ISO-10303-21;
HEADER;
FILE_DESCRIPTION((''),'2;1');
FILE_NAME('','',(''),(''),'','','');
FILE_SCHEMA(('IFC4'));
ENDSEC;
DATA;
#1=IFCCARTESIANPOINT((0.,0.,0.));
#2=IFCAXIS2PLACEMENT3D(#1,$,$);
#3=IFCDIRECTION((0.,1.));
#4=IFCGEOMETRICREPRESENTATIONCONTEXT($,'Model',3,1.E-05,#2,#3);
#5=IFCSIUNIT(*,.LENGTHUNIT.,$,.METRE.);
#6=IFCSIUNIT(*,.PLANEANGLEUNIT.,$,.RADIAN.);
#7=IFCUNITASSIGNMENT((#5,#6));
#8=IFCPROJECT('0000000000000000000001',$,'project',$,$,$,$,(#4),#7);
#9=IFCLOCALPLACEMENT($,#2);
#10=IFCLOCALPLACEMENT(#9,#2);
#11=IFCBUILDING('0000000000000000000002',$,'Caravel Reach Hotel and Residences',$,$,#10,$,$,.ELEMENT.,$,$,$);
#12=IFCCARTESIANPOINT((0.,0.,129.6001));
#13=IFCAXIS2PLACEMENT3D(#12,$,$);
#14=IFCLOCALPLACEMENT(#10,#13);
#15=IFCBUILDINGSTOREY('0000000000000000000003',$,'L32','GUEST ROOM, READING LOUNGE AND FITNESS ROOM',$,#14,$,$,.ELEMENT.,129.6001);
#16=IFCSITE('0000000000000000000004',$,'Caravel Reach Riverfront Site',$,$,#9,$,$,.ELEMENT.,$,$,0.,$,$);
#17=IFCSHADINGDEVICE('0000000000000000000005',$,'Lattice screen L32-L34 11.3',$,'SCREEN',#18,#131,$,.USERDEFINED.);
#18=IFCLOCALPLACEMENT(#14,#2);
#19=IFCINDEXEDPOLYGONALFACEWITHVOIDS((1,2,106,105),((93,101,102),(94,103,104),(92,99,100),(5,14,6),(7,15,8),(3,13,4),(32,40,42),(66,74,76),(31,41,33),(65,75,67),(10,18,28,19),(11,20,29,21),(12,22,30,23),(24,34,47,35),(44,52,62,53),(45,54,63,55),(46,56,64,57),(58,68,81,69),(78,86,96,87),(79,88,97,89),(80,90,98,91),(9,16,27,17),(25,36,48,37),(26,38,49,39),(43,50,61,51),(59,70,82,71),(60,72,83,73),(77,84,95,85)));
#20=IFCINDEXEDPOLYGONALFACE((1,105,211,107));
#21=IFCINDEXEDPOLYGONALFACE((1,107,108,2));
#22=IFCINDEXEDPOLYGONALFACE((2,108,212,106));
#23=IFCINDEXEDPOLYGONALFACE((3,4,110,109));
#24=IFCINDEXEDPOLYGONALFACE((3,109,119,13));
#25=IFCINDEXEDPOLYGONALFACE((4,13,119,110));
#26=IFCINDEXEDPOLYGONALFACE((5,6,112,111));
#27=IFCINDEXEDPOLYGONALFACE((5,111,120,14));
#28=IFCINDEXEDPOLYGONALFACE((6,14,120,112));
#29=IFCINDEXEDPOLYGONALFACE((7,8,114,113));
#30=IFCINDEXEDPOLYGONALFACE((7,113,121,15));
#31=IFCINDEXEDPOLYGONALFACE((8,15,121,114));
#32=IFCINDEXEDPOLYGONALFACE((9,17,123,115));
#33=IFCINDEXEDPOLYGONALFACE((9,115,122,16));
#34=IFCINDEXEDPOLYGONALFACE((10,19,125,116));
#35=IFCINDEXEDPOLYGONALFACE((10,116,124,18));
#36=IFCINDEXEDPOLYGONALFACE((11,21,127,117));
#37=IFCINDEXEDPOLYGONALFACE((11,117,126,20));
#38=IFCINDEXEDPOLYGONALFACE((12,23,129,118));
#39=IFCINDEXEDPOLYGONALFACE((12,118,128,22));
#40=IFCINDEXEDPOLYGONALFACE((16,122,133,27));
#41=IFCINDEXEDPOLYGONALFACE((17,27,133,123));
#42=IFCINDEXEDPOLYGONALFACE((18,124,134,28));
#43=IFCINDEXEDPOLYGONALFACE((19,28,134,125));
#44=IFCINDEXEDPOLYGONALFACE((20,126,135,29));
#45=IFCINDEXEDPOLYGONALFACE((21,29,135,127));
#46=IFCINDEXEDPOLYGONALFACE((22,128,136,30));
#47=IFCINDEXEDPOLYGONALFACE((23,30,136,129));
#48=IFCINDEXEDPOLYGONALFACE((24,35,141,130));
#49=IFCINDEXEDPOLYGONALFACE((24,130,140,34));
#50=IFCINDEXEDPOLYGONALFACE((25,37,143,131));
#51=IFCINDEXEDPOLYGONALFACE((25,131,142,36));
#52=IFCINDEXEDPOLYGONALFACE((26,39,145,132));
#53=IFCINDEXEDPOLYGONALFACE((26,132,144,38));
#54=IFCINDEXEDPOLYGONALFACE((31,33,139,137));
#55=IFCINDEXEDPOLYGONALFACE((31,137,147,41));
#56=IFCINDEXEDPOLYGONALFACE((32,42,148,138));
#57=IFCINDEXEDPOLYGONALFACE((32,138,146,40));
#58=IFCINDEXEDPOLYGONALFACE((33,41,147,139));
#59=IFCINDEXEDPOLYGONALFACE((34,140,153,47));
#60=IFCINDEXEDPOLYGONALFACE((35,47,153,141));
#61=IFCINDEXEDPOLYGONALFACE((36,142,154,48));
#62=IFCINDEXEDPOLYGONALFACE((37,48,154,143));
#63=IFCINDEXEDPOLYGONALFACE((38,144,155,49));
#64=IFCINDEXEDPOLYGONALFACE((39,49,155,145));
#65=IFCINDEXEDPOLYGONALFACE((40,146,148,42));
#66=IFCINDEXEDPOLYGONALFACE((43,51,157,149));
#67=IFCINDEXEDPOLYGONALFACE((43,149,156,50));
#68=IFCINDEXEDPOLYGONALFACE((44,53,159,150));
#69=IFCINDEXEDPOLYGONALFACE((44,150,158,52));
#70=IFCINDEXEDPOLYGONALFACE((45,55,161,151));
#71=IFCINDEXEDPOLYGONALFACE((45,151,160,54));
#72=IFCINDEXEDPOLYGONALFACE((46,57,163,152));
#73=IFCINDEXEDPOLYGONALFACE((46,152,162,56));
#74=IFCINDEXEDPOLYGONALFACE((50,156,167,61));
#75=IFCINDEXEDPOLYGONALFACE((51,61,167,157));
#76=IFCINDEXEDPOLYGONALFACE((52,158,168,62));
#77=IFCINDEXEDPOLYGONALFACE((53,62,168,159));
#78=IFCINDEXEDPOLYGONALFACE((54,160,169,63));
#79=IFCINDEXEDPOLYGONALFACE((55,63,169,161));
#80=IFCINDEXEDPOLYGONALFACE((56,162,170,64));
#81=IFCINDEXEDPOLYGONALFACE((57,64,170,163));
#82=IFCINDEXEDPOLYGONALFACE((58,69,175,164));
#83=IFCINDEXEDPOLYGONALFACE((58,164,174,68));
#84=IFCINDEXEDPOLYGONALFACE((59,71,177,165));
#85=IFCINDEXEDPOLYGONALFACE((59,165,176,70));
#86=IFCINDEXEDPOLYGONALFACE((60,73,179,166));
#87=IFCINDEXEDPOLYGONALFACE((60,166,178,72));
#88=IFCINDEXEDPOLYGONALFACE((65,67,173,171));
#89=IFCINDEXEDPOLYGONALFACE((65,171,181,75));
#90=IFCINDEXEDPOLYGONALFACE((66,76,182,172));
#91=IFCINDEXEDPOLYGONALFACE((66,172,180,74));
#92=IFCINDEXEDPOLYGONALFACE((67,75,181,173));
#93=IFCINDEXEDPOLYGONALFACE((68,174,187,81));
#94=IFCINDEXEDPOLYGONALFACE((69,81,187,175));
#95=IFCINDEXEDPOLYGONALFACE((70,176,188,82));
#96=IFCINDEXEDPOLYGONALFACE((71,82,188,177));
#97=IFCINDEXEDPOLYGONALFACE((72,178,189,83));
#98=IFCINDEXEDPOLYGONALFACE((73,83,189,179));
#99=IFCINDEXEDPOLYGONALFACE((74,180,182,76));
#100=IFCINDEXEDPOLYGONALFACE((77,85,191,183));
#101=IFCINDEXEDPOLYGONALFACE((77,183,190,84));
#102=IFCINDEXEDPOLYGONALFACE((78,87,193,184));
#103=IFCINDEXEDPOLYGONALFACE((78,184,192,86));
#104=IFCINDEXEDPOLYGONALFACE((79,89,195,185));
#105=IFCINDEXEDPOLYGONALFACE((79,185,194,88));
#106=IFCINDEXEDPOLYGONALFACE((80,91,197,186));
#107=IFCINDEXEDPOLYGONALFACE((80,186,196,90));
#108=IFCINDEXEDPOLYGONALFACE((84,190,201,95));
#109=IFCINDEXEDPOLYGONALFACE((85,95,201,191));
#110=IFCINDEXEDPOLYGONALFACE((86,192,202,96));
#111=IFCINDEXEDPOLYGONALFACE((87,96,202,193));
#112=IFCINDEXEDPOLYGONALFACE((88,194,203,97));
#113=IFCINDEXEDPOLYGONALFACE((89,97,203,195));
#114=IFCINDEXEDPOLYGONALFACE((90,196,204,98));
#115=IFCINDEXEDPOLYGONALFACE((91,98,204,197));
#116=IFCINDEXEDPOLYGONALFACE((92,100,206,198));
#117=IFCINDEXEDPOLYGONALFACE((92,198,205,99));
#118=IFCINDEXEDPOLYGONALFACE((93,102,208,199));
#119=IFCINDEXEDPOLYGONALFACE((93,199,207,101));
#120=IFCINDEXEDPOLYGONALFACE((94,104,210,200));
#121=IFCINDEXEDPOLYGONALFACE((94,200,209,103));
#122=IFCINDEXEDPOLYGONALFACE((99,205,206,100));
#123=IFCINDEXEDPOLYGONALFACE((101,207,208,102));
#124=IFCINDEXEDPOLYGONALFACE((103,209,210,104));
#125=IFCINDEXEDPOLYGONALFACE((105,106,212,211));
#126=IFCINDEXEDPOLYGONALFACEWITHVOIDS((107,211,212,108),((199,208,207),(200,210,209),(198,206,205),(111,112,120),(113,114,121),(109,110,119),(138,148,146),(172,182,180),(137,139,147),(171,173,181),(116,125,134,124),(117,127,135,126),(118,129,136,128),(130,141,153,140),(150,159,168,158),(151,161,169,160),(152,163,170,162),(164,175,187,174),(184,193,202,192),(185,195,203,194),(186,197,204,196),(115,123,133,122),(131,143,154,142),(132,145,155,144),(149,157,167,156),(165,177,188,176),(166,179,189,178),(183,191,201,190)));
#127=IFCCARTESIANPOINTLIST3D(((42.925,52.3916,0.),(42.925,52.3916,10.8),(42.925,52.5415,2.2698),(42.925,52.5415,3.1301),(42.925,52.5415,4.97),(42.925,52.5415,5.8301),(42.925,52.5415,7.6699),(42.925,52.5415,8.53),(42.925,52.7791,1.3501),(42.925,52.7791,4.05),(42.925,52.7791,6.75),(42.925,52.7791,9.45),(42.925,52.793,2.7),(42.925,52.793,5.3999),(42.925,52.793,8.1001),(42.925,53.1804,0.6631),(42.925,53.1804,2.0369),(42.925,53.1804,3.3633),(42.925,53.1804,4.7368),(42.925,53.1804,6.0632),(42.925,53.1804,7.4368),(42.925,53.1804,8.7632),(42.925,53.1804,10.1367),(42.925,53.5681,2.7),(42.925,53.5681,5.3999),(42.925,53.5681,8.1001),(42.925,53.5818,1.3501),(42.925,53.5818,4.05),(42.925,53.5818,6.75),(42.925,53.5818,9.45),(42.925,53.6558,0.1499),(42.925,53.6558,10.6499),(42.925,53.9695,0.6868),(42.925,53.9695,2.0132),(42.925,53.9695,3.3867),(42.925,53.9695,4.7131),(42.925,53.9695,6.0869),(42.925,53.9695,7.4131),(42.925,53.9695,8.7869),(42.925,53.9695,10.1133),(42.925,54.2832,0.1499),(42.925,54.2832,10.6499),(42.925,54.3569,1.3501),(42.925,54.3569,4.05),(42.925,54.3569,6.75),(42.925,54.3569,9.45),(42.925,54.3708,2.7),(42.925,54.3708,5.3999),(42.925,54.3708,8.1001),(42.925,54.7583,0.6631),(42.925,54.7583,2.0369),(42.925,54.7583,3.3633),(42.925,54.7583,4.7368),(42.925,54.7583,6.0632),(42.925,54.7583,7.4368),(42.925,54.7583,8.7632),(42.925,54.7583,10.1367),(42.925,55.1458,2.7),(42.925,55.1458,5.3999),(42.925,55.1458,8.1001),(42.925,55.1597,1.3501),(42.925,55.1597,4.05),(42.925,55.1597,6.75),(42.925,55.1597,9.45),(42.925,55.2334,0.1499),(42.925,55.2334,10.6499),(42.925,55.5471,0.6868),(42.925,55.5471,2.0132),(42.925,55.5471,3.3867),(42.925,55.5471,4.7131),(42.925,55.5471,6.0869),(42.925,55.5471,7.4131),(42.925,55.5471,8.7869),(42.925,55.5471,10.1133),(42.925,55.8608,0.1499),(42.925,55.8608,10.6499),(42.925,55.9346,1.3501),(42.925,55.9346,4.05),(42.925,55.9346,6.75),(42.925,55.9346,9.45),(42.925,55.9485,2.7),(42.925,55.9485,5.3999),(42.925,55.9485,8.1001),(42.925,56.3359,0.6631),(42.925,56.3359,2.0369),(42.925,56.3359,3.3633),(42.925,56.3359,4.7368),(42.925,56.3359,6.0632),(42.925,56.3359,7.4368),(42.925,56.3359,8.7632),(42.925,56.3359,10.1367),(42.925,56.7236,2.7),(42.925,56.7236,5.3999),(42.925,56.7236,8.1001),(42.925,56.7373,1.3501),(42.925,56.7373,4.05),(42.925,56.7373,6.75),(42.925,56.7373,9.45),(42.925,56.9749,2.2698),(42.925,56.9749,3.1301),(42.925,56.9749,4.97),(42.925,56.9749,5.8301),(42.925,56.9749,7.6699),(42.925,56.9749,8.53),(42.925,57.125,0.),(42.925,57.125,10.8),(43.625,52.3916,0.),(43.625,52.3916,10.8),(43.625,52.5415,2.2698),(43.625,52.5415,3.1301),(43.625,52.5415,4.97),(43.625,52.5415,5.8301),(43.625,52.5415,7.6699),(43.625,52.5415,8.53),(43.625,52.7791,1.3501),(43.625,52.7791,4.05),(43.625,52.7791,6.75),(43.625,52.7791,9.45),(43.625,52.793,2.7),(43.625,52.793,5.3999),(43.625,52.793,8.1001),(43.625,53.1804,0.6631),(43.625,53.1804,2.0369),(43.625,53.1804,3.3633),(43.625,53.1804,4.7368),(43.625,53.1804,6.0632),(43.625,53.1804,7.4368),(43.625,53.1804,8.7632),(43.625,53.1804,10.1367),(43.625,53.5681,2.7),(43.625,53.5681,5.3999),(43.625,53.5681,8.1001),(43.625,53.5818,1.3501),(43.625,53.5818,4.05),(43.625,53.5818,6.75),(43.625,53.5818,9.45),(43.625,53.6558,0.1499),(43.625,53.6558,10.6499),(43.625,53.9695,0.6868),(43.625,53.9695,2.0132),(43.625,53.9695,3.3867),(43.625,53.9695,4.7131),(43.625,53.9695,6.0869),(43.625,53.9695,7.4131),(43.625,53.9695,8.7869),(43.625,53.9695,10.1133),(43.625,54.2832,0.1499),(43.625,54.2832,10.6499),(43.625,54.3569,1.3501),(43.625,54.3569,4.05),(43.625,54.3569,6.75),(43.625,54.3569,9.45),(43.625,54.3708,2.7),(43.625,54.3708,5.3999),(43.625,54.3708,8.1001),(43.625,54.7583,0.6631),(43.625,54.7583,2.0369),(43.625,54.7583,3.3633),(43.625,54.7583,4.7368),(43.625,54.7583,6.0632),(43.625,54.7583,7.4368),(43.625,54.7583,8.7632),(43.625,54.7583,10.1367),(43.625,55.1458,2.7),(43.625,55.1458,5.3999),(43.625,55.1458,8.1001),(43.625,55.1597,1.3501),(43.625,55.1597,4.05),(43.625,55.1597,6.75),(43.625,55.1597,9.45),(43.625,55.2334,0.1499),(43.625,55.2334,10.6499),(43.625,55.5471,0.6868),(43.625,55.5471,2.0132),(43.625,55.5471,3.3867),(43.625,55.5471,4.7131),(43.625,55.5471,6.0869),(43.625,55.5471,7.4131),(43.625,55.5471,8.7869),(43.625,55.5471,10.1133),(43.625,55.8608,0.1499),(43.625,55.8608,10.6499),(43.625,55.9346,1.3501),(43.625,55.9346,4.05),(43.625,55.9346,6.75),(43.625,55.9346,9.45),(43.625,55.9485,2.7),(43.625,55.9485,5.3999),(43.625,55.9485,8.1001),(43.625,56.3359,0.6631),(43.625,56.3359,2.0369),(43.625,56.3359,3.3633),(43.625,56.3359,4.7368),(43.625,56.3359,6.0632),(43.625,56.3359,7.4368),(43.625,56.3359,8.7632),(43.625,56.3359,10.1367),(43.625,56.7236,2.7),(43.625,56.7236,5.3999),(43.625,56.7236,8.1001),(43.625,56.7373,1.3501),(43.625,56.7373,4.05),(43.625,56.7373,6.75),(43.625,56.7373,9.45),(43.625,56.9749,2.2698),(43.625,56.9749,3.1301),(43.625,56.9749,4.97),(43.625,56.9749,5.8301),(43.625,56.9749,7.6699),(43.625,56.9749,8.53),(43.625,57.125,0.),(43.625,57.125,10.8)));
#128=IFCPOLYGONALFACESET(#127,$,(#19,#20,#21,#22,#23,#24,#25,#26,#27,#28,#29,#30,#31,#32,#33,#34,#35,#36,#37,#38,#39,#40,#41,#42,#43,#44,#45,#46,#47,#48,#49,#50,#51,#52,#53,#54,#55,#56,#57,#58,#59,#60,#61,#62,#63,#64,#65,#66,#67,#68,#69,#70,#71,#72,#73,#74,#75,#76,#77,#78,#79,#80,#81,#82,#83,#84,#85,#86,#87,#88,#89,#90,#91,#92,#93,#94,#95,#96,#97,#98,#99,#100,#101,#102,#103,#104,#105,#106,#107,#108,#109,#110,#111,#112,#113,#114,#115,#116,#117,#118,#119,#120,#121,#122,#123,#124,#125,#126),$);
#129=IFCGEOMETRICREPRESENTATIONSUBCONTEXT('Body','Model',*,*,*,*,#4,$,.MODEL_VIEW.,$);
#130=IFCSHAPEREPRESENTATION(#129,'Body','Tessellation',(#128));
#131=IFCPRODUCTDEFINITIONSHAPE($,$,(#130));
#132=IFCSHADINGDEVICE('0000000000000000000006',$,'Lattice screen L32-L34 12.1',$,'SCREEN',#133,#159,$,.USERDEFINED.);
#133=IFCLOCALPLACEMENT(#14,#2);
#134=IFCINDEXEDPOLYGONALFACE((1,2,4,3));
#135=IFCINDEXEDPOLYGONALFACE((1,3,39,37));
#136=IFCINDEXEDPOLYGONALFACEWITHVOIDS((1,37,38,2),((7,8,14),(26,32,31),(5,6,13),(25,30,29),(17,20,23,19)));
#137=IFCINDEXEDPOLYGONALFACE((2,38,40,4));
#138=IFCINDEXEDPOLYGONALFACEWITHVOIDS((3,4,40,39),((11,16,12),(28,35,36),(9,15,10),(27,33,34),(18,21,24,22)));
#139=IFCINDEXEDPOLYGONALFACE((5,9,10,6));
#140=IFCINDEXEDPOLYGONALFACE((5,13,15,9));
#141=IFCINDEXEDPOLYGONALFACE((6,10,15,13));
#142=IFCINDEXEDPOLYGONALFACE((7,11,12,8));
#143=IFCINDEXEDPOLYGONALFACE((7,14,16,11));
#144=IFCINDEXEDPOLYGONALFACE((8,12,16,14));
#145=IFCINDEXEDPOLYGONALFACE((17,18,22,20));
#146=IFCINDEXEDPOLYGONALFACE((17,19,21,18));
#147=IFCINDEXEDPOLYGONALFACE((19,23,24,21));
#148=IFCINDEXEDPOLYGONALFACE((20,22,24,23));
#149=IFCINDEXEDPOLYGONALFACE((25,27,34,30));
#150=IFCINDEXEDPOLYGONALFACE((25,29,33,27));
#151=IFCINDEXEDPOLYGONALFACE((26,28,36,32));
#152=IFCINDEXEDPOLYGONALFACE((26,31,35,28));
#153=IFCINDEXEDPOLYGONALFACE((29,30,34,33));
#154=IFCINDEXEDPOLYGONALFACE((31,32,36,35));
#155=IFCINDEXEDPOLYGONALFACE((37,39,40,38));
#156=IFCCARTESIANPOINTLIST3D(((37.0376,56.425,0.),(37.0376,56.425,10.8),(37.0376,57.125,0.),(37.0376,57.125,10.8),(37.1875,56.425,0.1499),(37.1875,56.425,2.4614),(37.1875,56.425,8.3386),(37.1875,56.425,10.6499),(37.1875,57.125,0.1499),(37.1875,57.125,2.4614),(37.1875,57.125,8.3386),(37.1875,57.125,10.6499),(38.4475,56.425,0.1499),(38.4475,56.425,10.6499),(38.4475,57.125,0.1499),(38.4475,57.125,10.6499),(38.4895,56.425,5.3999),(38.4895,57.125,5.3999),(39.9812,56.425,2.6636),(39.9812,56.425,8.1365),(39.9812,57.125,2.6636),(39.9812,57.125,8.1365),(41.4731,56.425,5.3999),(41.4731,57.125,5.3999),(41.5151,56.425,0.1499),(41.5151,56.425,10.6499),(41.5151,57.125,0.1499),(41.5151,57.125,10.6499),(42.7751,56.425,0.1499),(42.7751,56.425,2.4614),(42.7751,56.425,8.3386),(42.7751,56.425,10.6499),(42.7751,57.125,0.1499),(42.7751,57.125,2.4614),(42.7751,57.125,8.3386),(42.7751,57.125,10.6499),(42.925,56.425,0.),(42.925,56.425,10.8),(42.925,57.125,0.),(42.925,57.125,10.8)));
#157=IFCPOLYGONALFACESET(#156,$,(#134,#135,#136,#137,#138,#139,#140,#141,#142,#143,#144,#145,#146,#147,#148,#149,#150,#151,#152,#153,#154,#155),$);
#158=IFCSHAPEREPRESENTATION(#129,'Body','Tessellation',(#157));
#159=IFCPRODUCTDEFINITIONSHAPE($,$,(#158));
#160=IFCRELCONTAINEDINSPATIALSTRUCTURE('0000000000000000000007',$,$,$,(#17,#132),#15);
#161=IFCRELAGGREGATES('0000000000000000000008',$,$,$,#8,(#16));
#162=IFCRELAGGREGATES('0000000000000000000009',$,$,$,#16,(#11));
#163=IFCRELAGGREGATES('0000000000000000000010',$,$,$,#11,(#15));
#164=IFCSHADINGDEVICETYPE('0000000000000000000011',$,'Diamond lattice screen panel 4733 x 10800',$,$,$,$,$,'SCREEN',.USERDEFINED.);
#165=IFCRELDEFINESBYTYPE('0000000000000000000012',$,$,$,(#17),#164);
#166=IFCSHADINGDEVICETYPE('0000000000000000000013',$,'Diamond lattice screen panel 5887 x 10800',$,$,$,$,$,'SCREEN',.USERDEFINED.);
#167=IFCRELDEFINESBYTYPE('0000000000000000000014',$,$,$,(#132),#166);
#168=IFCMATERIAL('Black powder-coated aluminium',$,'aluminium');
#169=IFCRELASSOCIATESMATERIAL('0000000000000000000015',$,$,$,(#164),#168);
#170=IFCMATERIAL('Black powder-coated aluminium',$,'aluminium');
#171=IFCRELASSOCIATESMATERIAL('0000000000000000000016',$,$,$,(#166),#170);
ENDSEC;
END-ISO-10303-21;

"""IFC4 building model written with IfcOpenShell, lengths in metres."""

from ifc_helpers import new_model, si_unit, direction, frame, origin, place, context, subcontext, project, spatial, polyline, outline, extrude, material, type_object, element, save


model = new_model("IFC4")

# Units and contexts
model_context = context("Model", 3, precision=1e-05, world=origin(), true_north=direction((0.0, 1.0)))
body_context = subcontext(model_context, "Body", "Model", "MODEL_VIEW")
ifc_project = project(units=[si_unit("LENGTHUNIT", "METRE"), si_unit("PLANEANGLEUNIT", "RADIAN")], contexts=[model_context])

# Site, building, storey
site_placement = place(None, origin())
site = spatial("IfcSite", under=ifc_project, at=site_placement, Name="Caravel Reach Riverfront Site", CompositionType="ELEMENT", RefElevation=0.0)
building_placement = place(site_placement, origin())
building = spatial("IfcBuilding", under=site, at=building_placement, Name="Caravel Reach Hotel and Residences", CompositionType="ELEMENT")
storey_placement = place(building_placement, frame((0.0, 0.0, 129.6001)))
storey = spatial("IfcBuildingStorey", under=building, at=storey_placement, Name="L32", Description="GUEST ROOM, READING LOUNGE AND FITNESS ROOM", CompositionType="ELEMENT", Elevation=129.6001)

# Shading devices
ifc_material_1 = material(Name="Black powder-coated aluminium", Category="aluminium")
shading_device_type_1 = type_object("IfcShadingDeviceType", Name="Diamond lattice screen panel 4733 x 10800", ElementType="SCREEN", PredefinedType="USERDEFINED", material=ifc_material_1)
shading_device_placement = place(storey_placement, frame((42.925, 52.3916, 0.0), z_axis=(1.0, 0.0, 0.0), x_axis=(0.0, 1.0, 0.0)))
element("IfcShadingDevice", 1, at=shading_device_placement, inside=storey, type_object=shading_device_type_1, Name="Lattice screen L32-L34 11.3", ObjectType="SCREEN", PredefinedType="USERDEFINED", context=body_context, shape_type="SweptSolid", body=[
    extrude(outline(polyline([(0.0, 0.0), (4.7334, 0.0), (4.7334, 10.8), (0.0, 10.8), (0.0, 0.0)]), holes=[polyline([(0.4014, 2.7), (0.1499, 3.1301), (0.1499, 2.2698), (0.4014, 2.7)]), polyline([(0.4014, 5.3999), (0.1499, 5.8301), (0.1499, 4.97), (0.4014, 5.3999)]), polyline([(0.4014, 8.1001), (0.1499, 8.53), (0.1499, 7.6699), (0.4014, 8.1001)]), polyline([(0.7888, 2.0369), (0.3875, 1.3501), (0.7888, 0.6631), (1.1902, 1.3501), (0.7888, 2.0369)]), polyline([(0.7888, 4.7368), (0.3875, 4.05), (0.7888, 3.3633), (1.1902, 4.05), (0.7888, 4.7368)]), polyline([(0.7888, 7.4368), (0.3875, 6.75), (0.7888, 6.0632), (1.1902, 6.75), (0.7888, 7.4368)]), polyline([(0.7888, 10.1367), (0.3875, 9.45), (0.7888, 8.7632), (1.1902, 9.45), (0.7888, 10.1367)]), polyline([(1.5779, 0.6868), (1.2642, 0.1499), (1.8916, 0.1499), (1.5779, 0.6868)]), polyline([(1.5779, 3.3867), (1.1765, 2.7), (1.5779, 2.0132), (1.9792, 2.7), (1.5779, 3.3867)]), polyline([(1.5779, 6.0869), (1.1765, 5.3999), (1.5779, 4.7131), (1.9792, 5.3999), (1.5779, 6.0869)]), polyline([(1.5779, 8.7869), (1.1765, 8.1001), (1.5779, 7.4131), (1.9792, 8.1001), (1.5779, 8.7869)]), polyline([(1.5779, 10.1133), (1.8916, 10.6499), (1.2642, 10.6499), (1.5779, 10.1133)]), polyline([(2.3667, 2.0369), (1.9653, 1.3501), (2.3667, 0.6631), (2.7681, 1.3501), (2.3667, 2.0369)]), polyline([(2.3667, 4.7368), (1.9653, 4.05), (2.3667, 3.3633), (2.7681, 4.05), (2.3667, 4.7368)]), polyline([(2.3667, 7.4368), (1.9653, 6.75), (2.3667, 6.0632), (2.7681, 6.75), (2.3667, 7.4368)]), polyline([(2.3667, 10.1367), (1.9653, 9.45), (2.3667, 8.7632), (2.7681, 9.45), (2.3667, 10.1367)]), polyline([(3.1555, 0.6868), (2.8418, 0.1499), (3.4692, 0.1499), (3.1555, 0.6868)]), polyline([(3.1555, 3.3867), (2.7542, 2.7), (3.1555, 2.0132), (3.5569, 2.7), (3.1555, 3.3867)]), polyline([(3.1555, 6.0869), (2.7542, 5.3999), (3.1555, 4.7131), (3.5569, 5.3999), (3.1555, 6.0869)]), polyline([(3.1555, 8.7869), (2.7542, 8.1001), (3.1555, 7.4131), (3.5569, 8.1001), (3.1555, 8.7869)]), polyline([(3.1555, 10.1133), (3.4692, 10.6499), (2.8418, 10.6499), (3.1555, 10.1133)]), polyline([(3.9443, 2.0369), (3.543, 1.3501), (3.9443, 0.6631), (4.3457, 1.3501), (3.9443, 2.0369)]), polyline([(3.9443, 4.7368), (3.543, 4.05), (3.9443, 3.3633), (4.3457, 4.05), (3.9443, 4.7368)]), polyline([(3.9443, 7.4368), (3.543, 6.75), (3.9443, 6.0632), (4.3457, 6.75), (3.9443, 7.4368)]), polyline([(3.9443, 10.1367), (3.543, 9.45), (3.9443, 8.7632), (4.3457, 9.45), (3.9443, 10.1367)]), polyline([(4.332, 2.7), (4.5833, 2.2698), (4.5833, 3.1301), (4.332, 2.7)]), polyline([(4.332, 5.3999), (4.5833, 4.97), (4.5833, 5.8301), (4.332, 5.3999)]), polyline([(4.332, 8.1001), (4.5833, 7.6699), (4.5833, 8.53), (4.332, 8.1001)])]), origin(), (0.0, 0.0, 1.0), 0.7),
])
ifc_material_2 = material(Name="Black powder-coated aluminium", Category="aluminium")
shading_device_type_2 = type_object("IfcShadingDeviceType", Name="Diamond lattice screen panel 5887 x 10800", ElementType="SCREEN", PredefinedType="USERDEFINED", material=ifc_material_2)
for number, where, z_axis, x_axis, name in (
    (2, (42.925, 56.425, 0.0), (0.0, 1.0, 0.0), (-1.0, 0.0, 0.0), "Lattice screen L32-L34 12.1"),
):
    element("IfcShadingDevice", number, at=place(storey_placement, frame(where, z_axis=z_axis, x_axis=x_axis)), inside=storey, type_object=shading_device_type_2, Name=name, ObjectType="SCREEN", PredefinedType="USERDEFINED", context=body_context, shape_type="SweptSolid", body=[
        extrude(outline(polyline([(0.0, 0.0), (5.8875, 0.0), (5.8875, 10.8), (0.0, 10.8), (0.0, 0.0)]), holes=[polyline([(1.4099, 0.1499), (0.1499, 2.4614), (0.1499, 0.1499), (1.4099, 0.1499)]), polyline([(0.1499, 8.3386), (1.4099, 10.6499), (0.1499, 10.6499), (0.1499, 8.3386)]), polyline([(2.9438, 8.1365), (1.4519, 5.3999), (2.9438, 2.6636), (4.4355, 5.3999), (2.9438, 8.1365)]), polyline([(5.7375, 2.4614), (4.4775, 0.1499), (5.7375, 0.1499), (5.7375, 2.4614)]), polyline([(4.4775, 10.6499), (5.7375, 8.3386), (5.7375, 10.6499), (4.4775, 10.6499)])]), origin(), (0.0, 0.0, 1.0), 0.7),
    ])

save(model, "model.ifc")
